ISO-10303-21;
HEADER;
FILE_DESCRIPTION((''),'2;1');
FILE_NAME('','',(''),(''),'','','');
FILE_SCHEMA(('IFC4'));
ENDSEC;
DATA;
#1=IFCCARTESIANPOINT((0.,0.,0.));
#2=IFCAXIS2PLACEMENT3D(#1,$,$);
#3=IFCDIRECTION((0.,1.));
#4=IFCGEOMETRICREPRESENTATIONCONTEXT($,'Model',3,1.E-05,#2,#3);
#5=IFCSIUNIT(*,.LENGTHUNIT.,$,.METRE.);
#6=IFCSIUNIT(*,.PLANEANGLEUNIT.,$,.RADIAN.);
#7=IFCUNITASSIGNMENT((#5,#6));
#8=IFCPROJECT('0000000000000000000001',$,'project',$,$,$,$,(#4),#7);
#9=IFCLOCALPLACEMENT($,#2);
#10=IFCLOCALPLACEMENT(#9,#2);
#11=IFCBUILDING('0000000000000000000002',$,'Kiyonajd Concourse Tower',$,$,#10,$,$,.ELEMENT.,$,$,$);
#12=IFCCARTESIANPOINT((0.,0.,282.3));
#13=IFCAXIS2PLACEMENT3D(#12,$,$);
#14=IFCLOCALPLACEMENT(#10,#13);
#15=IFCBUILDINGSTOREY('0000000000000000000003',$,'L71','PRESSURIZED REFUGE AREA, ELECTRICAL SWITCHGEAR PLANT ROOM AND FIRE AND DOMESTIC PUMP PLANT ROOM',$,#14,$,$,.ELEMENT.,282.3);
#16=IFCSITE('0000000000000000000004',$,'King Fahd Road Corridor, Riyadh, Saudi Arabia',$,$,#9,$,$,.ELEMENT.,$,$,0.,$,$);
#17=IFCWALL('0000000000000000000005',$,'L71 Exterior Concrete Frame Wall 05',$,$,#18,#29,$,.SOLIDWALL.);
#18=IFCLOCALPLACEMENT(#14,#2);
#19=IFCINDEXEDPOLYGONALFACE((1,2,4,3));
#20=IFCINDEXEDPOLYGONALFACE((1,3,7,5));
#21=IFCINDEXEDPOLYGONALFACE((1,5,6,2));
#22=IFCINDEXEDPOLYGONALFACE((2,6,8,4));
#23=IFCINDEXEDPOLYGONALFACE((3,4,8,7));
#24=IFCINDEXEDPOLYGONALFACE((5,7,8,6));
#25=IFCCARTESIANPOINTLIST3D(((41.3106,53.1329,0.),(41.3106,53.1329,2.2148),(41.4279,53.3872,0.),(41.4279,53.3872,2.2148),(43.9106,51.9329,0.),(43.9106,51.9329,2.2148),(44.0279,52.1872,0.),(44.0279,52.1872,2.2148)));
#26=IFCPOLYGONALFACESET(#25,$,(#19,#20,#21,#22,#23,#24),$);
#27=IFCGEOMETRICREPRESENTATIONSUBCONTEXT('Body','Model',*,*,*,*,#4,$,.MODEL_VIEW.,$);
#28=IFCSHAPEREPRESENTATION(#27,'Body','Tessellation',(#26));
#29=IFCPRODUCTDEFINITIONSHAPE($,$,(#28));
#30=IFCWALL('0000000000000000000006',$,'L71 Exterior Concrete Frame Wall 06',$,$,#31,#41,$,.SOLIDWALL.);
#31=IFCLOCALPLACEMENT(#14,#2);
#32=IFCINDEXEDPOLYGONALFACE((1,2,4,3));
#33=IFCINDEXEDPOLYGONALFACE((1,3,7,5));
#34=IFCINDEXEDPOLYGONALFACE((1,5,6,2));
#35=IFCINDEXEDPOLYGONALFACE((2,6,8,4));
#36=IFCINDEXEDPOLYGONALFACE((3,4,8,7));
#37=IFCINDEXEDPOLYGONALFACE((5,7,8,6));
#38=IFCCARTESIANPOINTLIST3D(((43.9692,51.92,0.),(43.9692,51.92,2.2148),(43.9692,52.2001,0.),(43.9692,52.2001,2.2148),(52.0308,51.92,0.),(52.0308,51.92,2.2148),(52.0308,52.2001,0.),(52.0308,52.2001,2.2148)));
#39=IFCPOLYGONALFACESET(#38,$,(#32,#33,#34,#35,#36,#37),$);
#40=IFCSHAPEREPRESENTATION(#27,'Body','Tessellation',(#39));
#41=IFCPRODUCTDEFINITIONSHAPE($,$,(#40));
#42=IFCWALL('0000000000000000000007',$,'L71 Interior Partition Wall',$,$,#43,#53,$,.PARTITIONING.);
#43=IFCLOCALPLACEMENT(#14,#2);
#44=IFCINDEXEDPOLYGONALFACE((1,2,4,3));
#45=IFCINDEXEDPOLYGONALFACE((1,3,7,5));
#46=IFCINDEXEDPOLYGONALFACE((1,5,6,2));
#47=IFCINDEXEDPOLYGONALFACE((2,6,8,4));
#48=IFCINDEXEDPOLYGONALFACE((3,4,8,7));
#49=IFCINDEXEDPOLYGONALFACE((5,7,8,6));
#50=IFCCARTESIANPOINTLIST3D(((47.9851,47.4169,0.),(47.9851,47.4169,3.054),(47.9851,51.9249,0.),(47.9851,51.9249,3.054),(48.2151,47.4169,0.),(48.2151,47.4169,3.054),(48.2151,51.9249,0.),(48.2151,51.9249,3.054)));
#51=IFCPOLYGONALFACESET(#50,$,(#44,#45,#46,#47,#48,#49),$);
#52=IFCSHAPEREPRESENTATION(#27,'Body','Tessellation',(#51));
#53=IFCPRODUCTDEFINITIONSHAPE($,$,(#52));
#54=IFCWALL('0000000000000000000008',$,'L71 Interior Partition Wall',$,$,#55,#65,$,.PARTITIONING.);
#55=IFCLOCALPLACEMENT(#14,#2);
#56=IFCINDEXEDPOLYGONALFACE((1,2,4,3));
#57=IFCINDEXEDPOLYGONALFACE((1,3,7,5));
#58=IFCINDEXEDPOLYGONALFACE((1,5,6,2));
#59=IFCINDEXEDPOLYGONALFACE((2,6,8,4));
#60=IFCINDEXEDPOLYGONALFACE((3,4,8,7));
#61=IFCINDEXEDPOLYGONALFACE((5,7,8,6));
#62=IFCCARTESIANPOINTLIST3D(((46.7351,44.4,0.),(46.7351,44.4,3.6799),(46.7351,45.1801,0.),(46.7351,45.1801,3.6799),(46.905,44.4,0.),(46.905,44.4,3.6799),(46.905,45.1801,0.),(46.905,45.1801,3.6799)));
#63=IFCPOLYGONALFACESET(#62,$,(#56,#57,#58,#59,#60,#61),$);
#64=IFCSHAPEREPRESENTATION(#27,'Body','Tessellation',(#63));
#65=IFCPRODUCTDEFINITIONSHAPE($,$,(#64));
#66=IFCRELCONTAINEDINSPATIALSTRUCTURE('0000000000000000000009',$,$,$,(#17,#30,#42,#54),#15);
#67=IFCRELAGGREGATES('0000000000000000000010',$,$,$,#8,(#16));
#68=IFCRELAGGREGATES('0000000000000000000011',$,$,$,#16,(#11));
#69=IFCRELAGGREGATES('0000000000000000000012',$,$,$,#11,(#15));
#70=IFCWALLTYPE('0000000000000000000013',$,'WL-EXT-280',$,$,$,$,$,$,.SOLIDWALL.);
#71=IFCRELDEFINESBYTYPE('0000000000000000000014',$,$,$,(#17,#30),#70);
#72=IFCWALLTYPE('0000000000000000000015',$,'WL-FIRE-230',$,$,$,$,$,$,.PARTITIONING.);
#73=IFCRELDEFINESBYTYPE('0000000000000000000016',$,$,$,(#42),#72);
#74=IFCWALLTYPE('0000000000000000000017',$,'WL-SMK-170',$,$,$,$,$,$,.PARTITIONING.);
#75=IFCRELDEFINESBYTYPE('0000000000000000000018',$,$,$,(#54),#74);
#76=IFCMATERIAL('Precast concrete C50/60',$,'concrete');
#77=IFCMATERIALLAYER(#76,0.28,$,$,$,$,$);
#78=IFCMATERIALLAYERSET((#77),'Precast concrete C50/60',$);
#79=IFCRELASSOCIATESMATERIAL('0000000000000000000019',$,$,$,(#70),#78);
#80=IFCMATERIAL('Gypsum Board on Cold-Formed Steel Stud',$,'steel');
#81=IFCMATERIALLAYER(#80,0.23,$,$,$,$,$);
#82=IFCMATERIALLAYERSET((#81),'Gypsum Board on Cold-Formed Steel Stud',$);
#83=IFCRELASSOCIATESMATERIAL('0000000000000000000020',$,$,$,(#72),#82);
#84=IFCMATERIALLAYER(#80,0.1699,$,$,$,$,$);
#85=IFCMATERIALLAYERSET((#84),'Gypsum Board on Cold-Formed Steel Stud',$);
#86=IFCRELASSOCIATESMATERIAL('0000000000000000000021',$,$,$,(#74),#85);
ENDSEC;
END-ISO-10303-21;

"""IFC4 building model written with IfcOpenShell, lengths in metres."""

from ifc_helpers import new_model, si_unit, direction, frame, frame_2d, origin, place, context, subcontext, project, spatial, rectangle, extrude, material, layer, layer_set, type_object, element, save


model = new_model("IFC4")

# Units and contexts
model_context = context("Model", 3, precision=1e-05, world=origin(), true_north=direction((0.0, 1.0)))
body_context = subcontext(model_context, "Body", "Model", "MODEL_VIEW")
ifc_project = project(units=[si_unit("LENGTHUNIT", "METRE"), si_unit("PLANEANGLEUNIT", "RADIAN")], contexts=[model_context])

# Site, building, storey
site_placement = place(None, origin())
site = spatial("IfcSite", under=ifc_project, at=site_placement, Name="King Fahd Road Corridor, Riyadh, Saudi Arabia", CompositionType="ELEMENT", RefElevation=0.0)
building_placement = place(site_placement, origin())
building = spatial("IfcBuilding", under=site, at=building_placement, Name="Kiyonajd Concourse Tower", CompositionType="ELEMENT")
storey_placement = place(building_placement, frame((0.0, 0.0, 282.3)))
storey = spatial("IfcBuildingStorey", under=building, at=storey_placement, Name="L71", Description="PRESSURIZED REFUGE AREA, ELECTRICAL SWITCHGEAR PLANT ROOM AND FIRE AND DOMESTIC PUMP PLANT ROOM", CompositionType="ELEMENT", Elevation=282.3)

# Walls
ifc_material_1 = material(Name="Precast concrete C50/60", Category="concrete")
ifc_layer_1 = layer(ifc_material_1, 0.28)
ifc_layer_set_1 = layer_set([ifc_layer_1], Name="Precast concrete C50/60")
wall_type_1 = type_object("IfcWallType", Name="WL-EXT-280", PredefinedType="SOLIDWALL", material=ifc_layer_set_1)
wall_1_placement = place(storey_placement, frame((41.3694, 53.26, 0.0), z_axis=(0.0, 0.0, 1.0), x_axis=(0.907957, -0.419064, 0.0)))
element("IfcWall", 1, at=wall_1_placement, inside=storey, type_object=wall_type_1, Name="L71 Exterior Concrete Frame Wall 05", PredefinedType="SOLIDWALL", context=body_context, shape_type="SweptSolid", body=[
    extrude(rectangle(XDim=2.8635, YDim=0.28, at=frame_2d((1.4316, 0.0))), origin(), (0.0, 0.0, 1.0), 2.2148),
])
wall_2_placement = place(storey_placement, frame((43.9692, 52.0601, 0.0), z_axis=(0.0, 0.0, 1.0), x_axis=(1.0, 0.0, 0.0)))
element("IfcWall", 2, at=wall_2_placement, inside=storey, type_object=wall_type_1, Name="L71 Exterior Concrete Frame Wall 06", PredefinedType="SOLIDWALL", context=body_context, shape_type="SweptSolid", body=[
    extrude(rectangle(XDim=8.0615, YDim=0.28, at=frame_2d((4.0308, 0.0))), origin(), (0.0, 0.0, 1.0), 2.2148),
])
ifc_material_2 = material(Name="Gypsum Board on Cold-Formed Steel Stud", Category="steel")
ifc_layer_2 = layer(ifc_material_2, 0.23)
ifc_layer_set_2 = layer_set([ifc_layer_2], Name="Gypsum Board on Cold-Formed Steel Stud")
wall_type_2 = type_object("IfcWallType", Name="WL-FIRE-230", PredefinedType="PARTITIONING", material=ifc_layer_set_2)
wall_3_placement = place(storey_placement, frame((48.1001, 47.417, 0.0), z_axis=(0.0, 0.0, 1.0), x_axis=(0.0, 1.0, 0.0)))
element("IfcWall", 3, at=wall_3_placement, inside=storey, type_object=wall_type_2, Name="L71 Interior Partition Wall", PredefinedType="PARTITIONING", context=body_context, shape_type="SweptSolid", body=[
    extrude(rectangle(XDim=4.5081, YDim=0.23, at=frame_2d((2.2539, 0.0))), origin(), (0.0, 0.0, 1.0), 3.054),
])
ifc_layer_3 = layer(ifc_material_2, 0.1699)
ifc_layer_set_3 = layer_set([ifc_layer_3], Name="Gypsum Board on Cold-Formed Steel Stud")
wall_type_3 = type_object("IfcWallType", Name="WL-SMK-170", PredefinedType="PARTITIONING", material=ifc_layer_set_3)
wall_4_placement = place(storey_placement, frame((46.8201, 44.3999, 0.0), z_axis=(0.0, 0.0, 1.0), x_axis=(0.0, 1.0, 0.0)))
element("IfcWall", 4, at=wall_4_placement, inside=storey, type_object=wall_type_3, Name="L71 Interior Partition Wall", PredefinedType="PARTITIONING", context=body_context, shape_type="SweptSolid", body=[
    extrude(rectangle(XDim=0.78, YDim=0.1699, at=frame_2d((0.3901, 0.0))), origin(), (0.0, 0.0, 1.0), 3.6799),
])

save(model, "model.ifc")
